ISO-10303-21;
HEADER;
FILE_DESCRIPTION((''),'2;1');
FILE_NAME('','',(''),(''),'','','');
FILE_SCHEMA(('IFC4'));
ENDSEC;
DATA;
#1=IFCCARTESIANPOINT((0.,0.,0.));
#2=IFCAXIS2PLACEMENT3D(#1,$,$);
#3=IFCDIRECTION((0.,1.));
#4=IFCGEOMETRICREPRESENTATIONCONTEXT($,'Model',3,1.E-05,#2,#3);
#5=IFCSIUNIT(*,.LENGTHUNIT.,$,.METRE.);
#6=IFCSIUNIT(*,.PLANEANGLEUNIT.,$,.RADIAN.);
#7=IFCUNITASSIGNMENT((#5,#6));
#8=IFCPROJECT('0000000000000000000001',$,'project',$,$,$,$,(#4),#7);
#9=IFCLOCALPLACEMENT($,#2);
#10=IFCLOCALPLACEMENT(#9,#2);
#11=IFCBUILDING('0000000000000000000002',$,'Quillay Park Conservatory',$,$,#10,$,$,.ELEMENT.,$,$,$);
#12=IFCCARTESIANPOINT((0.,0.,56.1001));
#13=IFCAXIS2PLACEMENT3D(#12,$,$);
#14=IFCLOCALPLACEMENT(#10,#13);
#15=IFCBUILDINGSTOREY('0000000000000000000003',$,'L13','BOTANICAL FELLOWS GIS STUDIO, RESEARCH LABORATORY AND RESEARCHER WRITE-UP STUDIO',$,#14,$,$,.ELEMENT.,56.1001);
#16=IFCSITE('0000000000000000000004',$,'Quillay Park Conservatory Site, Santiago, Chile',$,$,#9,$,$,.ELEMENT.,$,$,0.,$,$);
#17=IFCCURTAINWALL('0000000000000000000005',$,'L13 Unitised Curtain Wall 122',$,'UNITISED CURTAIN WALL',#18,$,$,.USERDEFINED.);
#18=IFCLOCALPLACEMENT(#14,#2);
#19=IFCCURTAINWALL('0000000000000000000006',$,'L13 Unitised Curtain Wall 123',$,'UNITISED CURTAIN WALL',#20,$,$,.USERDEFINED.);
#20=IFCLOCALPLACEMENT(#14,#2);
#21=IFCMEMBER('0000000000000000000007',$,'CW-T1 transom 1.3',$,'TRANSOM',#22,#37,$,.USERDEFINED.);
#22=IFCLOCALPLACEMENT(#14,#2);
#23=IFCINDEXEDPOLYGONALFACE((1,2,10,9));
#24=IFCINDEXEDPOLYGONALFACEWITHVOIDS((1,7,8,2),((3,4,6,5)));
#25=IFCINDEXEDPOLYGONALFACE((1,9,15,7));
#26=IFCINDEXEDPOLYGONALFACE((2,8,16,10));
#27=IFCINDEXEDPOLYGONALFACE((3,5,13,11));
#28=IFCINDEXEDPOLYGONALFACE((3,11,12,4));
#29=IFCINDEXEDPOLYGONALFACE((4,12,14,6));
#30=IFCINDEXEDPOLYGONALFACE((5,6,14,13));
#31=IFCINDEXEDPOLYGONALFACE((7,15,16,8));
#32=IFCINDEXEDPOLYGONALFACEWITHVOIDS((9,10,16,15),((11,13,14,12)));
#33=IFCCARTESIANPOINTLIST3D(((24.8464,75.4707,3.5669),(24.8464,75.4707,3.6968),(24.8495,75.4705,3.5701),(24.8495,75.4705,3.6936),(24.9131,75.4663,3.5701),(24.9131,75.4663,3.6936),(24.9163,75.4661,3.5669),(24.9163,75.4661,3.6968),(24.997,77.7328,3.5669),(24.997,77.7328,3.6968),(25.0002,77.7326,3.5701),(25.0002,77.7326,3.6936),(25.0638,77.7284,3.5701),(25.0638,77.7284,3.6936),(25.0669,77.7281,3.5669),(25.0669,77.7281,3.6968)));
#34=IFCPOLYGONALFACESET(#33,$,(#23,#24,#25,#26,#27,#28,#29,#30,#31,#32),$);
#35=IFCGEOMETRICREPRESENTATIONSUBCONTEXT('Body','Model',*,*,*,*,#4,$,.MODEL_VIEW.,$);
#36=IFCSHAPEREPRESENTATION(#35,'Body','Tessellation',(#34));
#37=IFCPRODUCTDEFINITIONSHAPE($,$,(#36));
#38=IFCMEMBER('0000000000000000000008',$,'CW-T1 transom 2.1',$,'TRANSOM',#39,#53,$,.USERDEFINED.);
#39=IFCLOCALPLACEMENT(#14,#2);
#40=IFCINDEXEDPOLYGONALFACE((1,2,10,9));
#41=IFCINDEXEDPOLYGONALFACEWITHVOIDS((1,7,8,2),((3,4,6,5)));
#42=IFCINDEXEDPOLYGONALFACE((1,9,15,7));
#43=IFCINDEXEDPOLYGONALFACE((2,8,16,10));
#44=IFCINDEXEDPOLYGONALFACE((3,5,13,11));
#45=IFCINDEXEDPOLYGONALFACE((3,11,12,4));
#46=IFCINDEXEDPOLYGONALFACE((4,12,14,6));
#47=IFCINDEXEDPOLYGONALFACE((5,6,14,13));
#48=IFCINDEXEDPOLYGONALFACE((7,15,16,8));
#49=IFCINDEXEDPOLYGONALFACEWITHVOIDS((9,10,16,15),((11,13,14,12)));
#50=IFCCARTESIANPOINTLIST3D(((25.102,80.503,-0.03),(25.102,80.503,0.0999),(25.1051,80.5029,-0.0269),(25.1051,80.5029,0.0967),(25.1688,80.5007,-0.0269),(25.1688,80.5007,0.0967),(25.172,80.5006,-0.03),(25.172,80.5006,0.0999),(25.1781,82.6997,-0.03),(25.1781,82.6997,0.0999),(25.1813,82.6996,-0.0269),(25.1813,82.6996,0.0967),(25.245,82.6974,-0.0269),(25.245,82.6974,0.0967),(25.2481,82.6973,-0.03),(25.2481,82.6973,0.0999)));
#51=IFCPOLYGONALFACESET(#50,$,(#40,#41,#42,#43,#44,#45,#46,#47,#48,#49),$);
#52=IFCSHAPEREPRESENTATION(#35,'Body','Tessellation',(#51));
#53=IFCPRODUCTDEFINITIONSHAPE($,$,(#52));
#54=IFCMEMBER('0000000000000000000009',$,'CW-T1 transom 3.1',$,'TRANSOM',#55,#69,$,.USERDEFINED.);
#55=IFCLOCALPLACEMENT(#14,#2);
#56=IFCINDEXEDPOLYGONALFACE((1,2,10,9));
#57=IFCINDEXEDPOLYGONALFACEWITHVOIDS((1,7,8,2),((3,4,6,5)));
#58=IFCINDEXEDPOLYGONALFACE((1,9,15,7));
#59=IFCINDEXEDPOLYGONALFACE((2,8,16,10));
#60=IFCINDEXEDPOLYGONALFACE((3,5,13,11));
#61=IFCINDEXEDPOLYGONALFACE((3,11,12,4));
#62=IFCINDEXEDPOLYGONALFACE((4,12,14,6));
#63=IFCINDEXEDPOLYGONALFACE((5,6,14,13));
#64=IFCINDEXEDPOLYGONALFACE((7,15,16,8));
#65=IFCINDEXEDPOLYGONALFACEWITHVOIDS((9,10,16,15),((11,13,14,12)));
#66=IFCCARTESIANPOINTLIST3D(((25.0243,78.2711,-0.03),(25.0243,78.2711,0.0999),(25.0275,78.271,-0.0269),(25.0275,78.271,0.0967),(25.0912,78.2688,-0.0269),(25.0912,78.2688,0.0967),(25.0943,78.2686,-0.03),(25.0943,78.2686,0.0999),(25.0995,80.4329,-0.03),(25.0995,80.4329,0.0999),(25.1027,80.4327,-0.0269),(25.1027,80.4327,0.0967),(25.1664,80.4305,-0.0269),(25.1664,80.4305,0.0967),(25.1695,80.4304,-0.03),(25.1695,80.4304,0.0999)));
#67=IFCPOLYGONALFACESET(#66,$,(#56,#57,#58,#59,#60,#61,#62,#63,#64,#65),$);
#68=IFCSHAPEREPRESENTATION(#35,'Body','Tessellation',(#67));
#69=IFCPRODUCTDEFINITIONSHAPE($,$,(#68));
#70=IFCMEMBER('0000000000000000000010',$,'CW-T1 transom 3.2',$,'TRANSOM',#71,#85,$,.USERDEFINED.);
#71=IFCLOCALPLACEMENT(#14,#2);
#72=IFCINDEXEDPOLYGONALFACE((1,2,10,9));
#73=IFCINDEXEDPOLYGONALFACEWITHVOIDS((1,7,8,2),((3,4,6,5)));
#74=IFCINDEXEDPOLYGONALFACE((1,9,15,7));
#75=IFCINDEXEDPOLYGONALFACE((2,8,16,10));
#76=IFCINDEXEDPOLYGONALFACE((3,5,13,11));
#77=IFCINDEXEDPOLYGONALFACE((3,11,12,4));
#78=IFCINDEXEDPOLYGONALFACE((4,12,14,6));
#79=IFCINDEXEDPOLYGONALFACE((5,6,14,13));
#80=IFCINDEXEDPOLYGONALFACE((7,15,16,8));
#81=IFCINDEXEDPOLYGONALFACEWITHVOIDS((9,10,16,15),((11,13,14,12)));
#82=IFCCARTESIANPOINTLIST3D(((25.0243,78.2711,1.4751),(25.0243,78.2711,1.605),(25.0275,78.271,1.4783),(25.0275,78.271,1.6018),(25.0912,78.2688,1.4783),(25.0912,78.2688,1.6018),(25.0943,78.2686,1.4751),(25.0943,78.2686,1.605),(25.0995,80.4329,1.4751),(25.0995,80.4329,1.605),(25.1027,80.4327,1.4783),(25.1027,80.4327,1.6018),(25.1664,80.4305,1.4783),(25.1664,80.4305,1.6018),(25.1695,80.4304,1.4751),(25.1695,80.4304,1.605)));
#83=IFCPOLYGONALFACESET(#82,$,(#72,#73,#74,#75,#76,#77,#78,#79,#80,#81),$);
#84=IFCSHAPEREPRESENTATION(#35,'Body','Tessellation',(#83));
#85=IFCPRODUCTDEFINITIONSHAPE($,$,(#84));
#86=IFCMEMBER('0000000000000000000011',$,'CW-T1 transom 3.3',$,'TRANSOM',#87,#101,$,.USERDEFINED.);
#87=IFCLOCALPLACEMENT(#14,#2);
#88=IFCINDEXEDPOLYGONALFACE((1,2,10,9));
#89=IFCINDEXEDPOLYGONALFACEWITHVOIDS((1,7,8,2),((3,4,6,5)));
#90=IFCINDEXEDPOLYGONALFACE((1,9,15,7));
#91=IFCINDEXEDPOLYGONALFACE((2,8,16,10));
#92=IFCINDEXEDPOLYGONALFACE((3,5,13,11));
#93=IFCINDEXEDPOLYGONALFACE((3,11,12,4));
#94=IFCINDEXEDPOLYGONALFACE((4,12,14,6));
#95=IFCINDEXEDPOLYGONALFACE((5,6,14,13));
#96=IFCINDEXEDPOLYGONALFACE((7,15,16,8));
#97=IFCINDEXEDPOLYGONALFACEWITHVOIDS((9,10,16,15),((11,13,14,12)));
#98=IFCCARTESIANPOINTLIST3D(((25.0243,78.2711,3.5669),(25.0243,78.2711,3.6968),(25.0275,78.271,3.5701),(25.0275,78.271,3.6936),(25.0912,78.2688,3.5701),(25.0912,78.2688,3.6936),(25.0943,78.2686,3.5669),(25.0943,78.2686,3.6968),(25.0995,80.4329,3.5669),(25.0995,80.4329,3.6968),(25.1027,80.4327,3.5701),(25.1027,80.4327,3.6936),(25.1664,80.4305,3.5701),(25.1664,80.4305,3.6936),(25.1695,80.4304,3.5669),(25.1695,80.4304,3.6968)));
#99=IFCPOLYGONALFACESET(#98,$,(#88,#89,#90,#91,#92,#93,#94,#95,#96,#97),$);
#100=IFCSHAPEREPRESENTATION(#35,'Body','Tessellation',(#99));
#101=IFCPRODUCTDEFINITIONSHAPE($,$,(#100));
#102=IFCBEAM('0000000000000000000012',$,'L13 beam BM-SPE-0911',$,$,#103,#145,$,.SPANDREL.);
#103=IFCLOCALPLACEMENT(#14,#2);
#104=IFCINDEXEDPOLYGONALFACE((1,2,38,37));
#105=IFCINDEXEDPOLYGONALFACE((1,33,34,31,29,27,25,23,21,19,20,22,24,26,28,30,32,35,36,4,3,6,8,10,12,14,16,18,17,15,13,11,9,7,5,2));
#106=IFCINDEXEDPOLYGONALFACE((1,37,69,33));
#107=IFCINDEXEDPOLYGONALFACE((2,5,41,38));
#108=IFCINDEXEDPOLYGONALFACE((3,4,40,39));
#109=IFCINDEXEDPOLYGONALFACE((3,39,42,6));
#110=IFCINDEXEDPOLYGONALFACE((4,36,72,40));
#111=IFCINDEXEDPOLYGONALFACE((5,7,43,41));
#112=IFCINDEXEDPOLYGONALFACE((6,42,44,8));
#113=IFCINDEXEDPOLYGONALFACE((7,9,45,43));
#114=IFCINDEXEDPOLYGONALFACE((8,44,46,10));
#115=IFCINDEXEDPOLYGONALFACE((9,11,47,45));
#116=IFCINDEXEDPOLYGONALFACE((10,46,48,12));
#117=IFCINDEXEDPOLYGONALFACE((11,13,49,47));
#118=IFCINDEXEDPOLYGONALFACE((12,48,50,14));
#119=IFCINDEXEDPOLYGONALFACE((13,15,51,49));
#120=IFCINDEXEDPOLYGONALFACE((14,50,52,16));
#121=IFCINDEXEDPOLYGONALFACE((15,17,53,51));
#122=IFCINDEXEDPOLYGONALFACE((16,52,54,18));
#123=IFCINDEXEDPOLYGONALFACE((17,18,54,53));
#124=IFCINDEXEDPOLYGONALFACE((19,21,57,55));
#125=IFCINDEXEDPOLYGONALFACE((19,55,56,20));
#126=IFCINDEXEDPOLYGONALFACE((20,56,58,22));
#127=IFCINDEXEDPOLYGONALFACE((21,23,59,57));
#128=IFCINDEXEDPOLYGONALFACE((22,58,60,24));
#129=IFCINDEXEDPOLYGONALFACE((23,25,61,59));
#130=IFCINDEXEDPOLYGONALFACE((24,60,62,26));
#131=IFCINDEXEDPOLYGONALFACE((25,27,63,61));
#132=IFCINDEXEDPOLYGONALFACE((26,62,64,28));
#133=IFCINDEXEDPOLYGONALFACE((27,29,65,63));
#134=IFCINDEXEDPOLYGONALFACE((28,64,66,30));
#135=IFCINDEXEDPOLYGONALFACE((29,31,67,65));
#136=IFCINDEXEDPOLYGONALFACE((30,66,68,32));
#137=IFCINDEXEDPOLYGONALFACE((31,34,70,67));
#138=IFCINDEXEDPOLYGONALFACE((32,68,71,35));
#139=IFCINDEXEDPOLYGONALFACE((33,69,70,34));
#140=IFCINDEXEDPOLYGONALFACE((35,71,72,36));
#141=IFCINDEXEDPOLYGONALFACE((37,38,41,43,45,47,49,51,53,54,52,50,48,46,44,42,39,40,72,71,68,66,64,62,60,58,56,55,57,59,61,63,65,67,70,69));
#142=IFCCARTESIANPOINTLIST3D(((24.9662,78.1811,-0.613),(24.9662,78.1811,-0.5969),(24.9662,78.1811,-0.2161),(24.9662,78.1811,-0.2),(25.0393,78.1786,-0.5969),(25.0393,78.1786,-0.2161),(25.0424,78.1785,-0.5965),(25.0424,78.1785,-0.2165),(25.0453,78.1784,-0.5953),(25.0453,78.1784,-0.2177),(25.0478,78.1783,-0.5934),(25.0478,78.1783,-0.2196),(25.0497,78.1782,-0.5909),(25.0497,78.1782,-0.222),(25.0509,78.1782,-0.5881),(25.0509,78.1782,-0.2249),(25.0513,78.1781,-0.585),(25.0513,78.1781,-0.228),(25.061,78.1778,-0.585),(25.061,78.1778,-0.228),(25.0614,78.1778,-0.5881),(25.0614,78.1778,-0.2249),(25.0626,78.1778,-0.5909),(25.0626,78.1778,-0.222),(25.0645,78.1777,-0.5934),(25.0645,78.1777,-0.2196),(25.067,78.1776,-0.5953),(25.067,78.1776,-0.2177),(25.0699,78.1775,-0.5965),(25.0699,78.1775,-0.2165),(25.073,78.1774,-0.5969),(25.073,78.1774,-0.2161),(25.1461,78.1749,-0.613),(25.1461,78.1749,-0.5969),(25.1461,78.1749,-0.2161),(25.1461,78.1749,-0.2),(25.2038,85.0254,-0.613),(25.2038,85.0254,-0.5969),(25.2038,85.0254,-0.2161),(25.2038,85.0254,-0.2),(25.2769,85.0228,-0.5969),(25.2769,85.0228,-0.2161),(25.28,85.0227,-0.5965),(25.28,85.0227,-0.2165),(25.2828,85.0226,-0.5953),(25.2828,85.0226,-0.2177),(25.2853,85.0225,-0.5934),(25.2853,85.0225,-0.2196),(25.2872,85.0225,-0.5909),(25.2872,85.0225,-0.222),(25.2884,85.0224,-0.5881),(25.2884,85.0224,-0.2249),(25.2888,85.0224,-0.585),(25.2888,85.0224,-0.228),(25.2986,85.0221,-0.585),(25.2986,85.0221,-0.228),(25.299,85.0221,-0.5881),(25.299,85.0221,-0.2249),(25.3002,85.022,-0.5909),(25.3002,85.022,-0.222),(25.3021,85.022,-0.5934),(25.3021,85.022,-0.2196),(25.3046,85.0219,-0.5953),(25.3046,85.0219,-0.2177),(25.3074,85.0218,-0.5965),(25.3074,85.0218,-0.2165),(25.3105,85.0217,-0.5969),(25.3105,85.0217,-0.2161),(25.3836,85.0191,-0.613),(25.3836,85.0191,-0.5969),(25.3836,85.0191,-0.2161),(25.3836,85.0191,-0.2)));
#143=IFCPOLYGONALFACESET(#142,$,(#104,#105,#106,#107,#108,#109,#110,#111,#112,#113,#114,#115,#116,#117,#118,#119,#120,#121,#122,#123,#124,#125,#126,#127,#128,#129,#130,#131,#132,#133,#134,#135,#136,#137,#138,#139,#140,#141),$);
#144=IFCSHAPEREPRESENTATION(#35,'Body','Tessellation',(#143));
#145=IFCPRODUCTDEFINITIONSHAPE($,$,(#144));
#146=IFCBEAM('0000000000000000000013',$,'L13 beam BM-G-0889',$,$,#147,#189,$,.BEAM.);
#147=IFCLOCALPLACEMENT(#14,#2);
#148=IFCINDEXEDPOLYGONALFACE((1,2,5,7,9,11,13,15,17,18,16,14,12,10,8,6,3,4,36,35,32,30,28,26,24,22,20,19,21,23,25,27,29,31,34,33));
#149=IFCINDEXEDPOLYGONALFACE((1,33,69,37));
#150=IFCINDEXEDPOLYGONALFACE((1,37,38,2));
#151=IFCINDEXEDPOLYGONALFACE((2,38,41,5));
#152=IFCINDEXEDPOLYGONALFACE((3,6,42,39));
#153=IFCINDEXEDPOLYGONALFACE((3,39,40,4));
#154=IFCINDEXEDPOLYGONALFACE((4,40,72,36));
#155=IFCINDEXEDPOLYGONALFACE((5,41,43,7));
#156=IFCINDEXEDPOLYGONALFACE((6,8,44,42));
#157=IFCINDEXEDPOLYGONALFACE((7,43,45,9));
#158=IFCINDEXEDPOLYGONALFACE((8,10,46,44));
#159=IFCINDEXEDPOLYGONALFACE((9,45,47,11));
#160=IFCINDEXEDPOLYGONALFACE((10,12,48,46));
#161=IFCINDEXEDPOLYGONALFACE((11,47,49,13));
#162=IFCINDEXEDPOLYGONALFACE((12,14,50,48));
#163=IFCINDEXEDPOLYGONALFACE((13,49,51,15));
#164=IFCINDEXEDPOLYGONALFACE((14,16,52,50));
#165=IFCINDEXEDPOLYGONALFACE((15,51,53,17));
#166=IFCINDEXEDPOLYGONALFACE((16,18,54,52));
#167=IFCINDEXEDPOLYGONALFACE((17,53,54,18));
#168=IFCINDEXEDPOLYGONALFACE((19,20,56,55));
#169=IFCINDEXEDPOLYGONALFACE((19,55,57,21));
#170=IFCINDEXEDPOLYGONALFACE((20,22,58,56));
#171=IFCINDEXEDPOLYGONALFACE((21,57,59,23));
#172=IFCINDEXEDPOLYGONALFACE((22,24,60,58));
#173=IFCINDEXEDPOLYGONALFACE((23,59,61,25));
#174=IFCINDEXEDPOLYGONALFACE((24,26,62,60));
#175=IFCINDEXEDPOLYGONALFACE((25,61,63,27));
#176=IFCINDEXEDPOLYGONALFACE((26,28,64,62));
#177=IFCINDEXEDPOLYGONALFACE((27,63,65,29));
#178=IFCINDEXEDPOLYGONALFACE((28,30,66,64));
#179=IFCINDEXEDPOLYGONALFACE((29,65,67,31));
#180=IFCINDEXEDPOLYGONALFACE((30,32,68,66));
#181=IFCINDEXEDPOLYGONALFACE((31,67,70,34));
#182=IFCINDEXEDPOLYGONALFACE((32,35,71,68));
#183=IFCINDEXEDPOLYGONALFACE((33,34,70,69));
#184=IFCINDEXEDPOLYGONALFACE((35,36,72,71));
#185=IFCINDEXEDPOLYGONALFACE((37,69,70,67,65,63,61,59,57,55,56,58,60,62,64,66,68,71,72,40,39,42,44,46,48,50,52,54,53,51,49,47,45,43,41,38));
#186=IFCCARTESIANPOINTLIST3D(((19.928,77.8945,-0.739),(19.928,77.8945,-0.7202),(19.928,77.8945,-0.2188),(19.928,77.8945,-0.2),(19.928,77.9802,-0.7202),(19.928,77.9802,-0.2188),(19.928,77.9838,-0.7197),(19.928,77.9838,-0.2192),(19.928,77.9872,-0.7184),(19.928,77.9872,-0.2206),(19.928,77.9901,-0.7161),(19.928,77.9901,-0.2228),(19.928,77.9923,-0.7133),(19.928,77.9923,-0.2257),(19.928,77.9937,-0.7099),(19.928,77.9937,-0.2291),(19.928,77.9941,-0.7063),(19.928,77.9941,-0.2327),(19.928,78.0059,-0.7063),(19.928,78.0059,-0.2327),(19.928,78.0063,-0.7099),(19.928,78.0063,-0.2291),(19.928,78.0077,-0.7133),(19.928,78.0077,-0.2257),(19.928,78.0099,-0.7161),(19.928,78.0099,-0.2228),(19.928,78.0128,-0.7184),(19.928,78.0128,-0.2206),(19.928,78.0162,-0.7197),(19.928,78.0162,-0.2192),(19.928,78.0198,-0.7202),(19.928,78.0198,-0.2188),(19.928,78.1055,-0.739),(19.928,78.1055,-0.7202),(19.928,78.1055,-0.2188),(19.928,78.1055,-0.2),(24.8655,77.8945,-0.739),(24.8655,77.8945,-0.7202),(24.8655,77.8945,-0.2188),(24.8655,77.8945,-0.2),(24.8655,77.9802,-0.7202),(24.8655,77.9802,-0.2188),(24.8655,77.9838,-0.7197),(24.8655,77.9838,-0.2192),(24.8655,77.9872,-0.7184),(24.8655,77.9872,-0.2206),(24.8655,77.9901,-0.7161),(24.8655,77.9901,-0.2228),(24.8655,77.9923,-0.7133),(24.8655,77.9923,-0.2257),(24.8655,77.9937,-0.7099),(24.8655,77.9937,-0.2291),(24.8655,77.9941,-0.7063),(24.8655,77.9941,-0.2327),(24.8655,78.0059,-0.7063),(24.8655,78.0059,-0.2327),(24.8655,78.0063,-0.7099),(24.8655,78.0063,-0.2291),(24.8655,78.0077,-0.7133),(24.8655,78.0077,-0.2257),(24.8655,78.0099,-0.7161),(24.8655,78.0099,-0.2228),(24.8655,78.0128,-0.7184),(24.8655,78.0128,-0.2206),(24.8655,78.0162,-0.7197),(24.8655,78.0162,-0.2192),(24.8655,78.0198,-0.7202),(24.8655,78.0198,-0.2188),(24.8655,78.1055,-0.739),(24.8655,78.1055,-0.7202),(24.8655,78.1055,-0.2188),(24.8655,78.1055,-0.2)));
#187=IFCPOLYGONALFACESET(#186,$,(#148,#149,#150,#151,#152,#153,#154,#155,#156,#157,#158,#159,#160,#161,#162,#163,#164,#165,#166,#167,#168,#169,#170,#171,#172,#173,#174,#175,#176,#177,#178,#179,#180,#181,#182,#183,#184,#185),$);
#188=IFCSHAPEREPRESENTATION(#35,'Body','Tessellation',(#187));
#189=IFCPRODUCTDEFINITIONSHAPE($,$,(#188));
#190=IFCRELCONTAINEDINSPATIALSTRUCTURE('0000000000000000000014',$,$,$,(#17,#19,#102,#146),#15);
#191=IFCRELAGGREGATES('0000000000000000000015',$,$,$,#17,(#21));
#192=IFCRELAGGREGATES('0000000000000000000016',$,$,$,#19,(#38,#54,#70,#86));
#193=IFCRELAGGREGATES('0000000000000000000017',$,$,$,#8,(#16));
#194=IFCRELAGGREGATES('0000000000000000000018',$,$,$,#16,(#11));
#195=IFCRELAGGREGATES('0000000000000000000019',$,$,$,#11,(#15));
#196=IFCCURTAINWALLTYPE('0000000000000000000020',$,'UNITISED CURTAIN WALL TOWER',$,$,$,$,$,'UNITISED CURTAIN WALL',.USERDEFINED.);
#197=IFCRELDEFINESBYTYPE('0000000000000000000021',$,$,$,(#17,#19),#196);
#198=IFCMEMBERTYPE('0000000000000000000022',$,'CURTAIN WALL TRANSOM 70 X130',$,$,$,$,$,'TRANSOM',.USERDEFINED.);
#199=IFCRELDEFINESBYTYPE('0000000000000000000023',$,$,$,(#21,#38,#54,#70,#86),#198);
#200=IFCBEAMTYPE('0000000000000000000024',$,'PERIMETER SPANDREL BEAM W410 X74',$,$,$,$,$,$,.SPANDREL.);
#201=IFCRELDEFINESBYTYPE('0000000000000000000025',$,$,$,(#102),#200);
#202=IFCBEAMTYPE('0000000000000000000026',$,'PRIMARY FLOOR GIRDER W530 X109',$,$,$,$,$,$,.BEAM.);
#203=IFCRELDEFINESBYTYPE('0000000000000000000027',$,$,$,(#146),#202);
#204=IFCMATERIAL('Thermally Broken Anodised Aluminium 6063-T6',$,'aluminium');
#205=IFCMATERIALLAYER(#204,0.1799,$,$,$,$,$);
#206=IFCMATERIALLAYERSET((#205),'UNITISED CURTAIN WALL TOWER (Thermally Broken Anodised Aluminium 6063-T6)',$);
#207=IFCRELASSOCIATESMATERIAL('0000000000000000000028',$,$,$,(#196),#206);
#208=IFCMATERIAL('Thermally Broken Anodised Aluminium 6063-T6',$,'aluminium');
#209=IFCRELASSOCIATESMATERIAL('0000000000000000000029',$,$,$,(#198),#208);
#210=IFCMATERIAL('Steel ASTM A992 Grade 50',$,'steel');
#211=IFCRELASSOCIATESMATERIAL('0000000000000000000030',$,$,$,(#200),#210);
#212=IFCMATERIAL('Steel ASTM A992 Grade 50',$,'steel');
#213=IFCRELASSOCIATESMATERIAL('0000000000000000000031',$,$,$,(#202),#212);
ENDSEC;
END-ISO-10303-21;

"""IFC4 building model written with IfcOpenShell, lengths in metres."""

from ifc_helpers import new_model, si_unit, direction, frame, origin, origin_2d, place, context, subcontext, project, spatial, hollow_rectangle, i_section, extrude, material, layer, layer_set, material_profile, profile_set, type_object, element, aggregate, save


model = new_model("IFC4")

# Units and contexts
model_context = context("Model", 3, precision=1e-05, world=origin(), true_north=direction((0.0, 1.0)))
body_context = subcontext(model_context, "Body", "Model", "MODEL_VIEW")
ifc_project = project(units=[si_unit("LENGTHUNIT", "METRE"), si_unit("PLANEANGLEUNIT", "RADIAN")], contexts=[model_context])

# Site, building, storey
site_placement = place(None, origin())
site = spatial("IfcSite", under=ifc_project, at=site_placement, Name="Quillay Park Conservatory Site, Santiago, Chile", CompositionType="ELEMENT", RefElevation=0.0)
building_placement = place(site_placement, origin())
building = spatial("IfcBuilding", under=site, at=building_placement, Name="Quillay Park Conservatory", CompositionType="ELEMENT")
storey_placement = place(building_placement, frame((0.0, 0.0, 56.1001)))
storey = spatial("IfcBuildingStorey", under=building, at=storey_placement, Name="L13", Description="BOTANICAL FELLOWS GIS STUDIO, RESEARCH LABORATORY AND RESEARCHER WRITE-UP STUDIO", CompositionType="ELEMENT", Elevation=56.1001)

# Curtain wall
ifc_material_1 = material(Name="Thermally Broken Anodised Aluminium 6063-T6", Category="aluminium")
ifc_layer_1 = layer(ifc_material_1, 0.1799)
ifc_layer_set_1 = layer_set([ifc_layer_1], Name="UNITISED CURTAIN WALL TOWER (Thermally Broken Anodised Aluminium 6063-T6)")
curtain_wall_type = type_object("IfcCurtainWallType", Name="UNITISED CURTAIN WALL TOWER", ElementType="UNITISED CURTAIN WALL", PredefinedType="USERDEFINED", material=ifc_layer_set_1)
curtain_wall_1_placement = place(storey_placement, origin())
curtain_wall_1 = element("IfcCurtainWall", 1, at=curtain_wall_1_placement, inside=storey, type_object=curtain_wall_type, Name="L13 Unitised Curtain Wall 122", ObjectType="UNITISED CURTAIN WALL", PredefinedType="USERDEFINED")

# Curtain wall
curtain_wall_2_placement = place(storey_placement, origin())
curtain_wall_2 = element("IfcCurtainWall", 2, at=curtain_wall_2_placement, inside=storey, type_object=curtain_wall_type, Name="L13 Unitised Curtain Wall 123", ObjectType="UNITISED CURTAIN WALL", PredefinedType="USERDEFINED")

# Members
ifc_material_2 = material(Name="Thermally Broken Anodised Aluminium 6063-T6", Category="aluminium")
ifc_material_profile_1 = material_profile(ifc_material_2, hollow_rectangle(XDim=0.0701, YDim=0.1299, WallThickness=0.0032, at=origin_2d()), Name="AL70x130x3.2")
ifc_profile_set_1 = profile_set([ifc_material_profile_1], Name="Thermally Broken Anodised Aluminium 6063-T6")
member_type_1 = type_object("IfcMemberType", Name="CURTAIN WALL TRANSOM 70 X130", ElementType="TRANSOM", PredefinedType="USERDEFINED", material=ifc_profile_set_1)
member_1_placement = place(storey_placement, frame((25.032, 77.7305, 3.6318), z_axis=(-0.066448, -0.99779, 0.0), x_axis=(0.99779, -0.066448, 0.0)))
member_1 = element("IfcMember", 3, at=member_1_placement, type_object=member_type_1, Name="CW-T1 transom 1.3", ObjectType="TRANSOM", PredefinedType="USERDEFINED", context=body_context, shape_type="SweptSolid", body=[
    extrude(hollow_rectangle(XDim=0.0701, YDim=0.1299, WallThickness=0.0032, at=origin_2d()), origin(), (0.0, 0.0, 1.0), 2.2671),
])
member_2_placement = place(storey_placement, frame((25.2131, 82.6985, 0.0349), z_axis=(-0.034654, -0.999399, 0.0), x_axis=(0.999399, -0.034654, 0.0)))
member_2 = element("IfcMember", 4, at=member_2_placement, type_object=member_type_1, Name="CW-T1 transom 2.1", ObjectType="TRANSOM", PredefinedType="USERDEFINED", context=body_context, shape_type="SweptSolid", body=[
    extrude(hollow_rectangle(XDim=0.0701, YDim=0.1299, WallThickness=0.0032, at=origin_2d()), origin(), (0.0, 0.0, 1.0), 2.198),
])
member_3_placement = place(storey_placement, frame((25.1345, 80.4316, 0.0349), z_axis=(-0.034762, -0.999396, 0.0), x_axis=(0.999396, -0.034762, 0.0)))
member_3 = element("IfcMember", 5, at=member_3_placement, type_object=member_type_1, Name="CW-T1 transom 3.1", ObjectType="TRANSOM", PredefinedType="USERDEFINED", context=body_context, shape_type="SweptSolid", body=[
    extrude(hollow_rectangle(XDim=0.0701, YDim=0.1299, WallThickness=0.0032, at=origin_2d()), origin(), (0.0, 0.0, 1.0), 2.1631),
])
member_4_placement = place(storey_placement, frame((25.1345, 80.4316, 1.54), z_axis=(-0.034762, -0.999396, 0.0), x_axis=(0.999396, -0.034762, 0.0)))
member_4 = element("IfcMember", 6, at=member_4_placement, type_object=member_type_1, Name="CW-T1 transom 3.2", ObjectType="TRANSOM", PredefinedType="USERDEFINED", context=body_context, shape_type="SweptSolid", body=[
    extrude(hollow_rectangle(XDim=0.0701, YDim=0.1299, WallThickness=0.0032, at=origin_2d()), origin(), (0.0, 0.0, 1.0), 2.1631),
])
member_5_placement = place(storey_placement, frame((25.1345, 80.4316, 3.6318), z_axis=(-0.034762, -0.999396, 0.0), x_axis=(0.999396, -0.034762, 0.0)))
member_5 = element("IfcMember", 7, at=member_5_placement, type_object=member_type_1, Name="CW-T1 transom 3.3", ObjectType="TRANSOM", PredefinedType="USERDEFINED", context=body_context, shape_type="SweptSolid", body=[
    extrude(hollow_rectangle(XDim=0.0701, YDim=0.1299, WallThickness=0.0032, at=origin_2d()), origin(), (0.0, 0.0, 1.0), 2.1631),
])

# Beams
ifc_material_3 = material(Name="Steel ASTM A992 Grade 50", Category="steel")
ifc_material_profile_2 = material_profile(ifc_material_3, i_section(OverallWidth=0.1799, OverallDepth=0.4131, WebThickness=0.0098, FlangeThickness=0.0161, FilletRadius=0.012, at=origin_2d()), Name="W410x74")
ifc_profile_set_2 = profile_set([ifc_material_profile_2], Name="Steel ASTM A992 Grade 50")
beam_type_1 = type_object("IfcBeamType", Name="PERIMETER SPANDREL BEAM W410 X74", PredefinedType="SPANDREL", material=ifc_profile_set_2)
beam_1_placement = place(storey_placement, frame((25.0562, 78.178, -0.4065), z_axis=(0.034687, 0.999398, 0.0), x_axis=(-0.999398, 0.034687, 0.0)))
element("IfcBeam", 8, at=beam_1_placement, inside=storey, type_object=beam_type_1, Name="L13 beam BM-SPE-0911", PredefinedType="SPANDREL", context=body_context, shape_type="SweptSolid", body=[
    extrude(i_section(OverallWidth=0.1799, OverallDepth=0.4131, WebThickness=0.0098, FlangeThickness=0.0161, FilletRadius=0.012, at=origin_2d()), origin(), (0.0, 0.0, 1.0), 6.8484),
])
ifc_material_4 = material(Name="Steel ASTM A992 Grade 50", Category="steel")
ifc_material_profile_3 = material_profile(ifc_material_4, i_section(OverallWidth=0.2109, OverallDepth=0.5391, WebThickness=0.0117, FlangeThickness=0.0188, FilletRadius=0.0139, at=origin_2d()), Name="W530x109")
ifc_profile_set_3 = profile_set([ifc_material_profile_3], Name="Steel ASTM A992 Grade 50")
beam_type_2 = type_object("IfcBeamType", Name="PRIMARY FLOOR GIRDER W530 X109", PredefinedType="BEAM", material=ifc_profile_set_3)
beam_2_placement = place(storey_placement, frame((19.928, 78.0, -0.4695), z_axis=(1.0, 0.0, 0.0), x_axis=(0.0, 1.0, 0.0)))
element("IfcBeam", 9, at=beam_2_placement, inside=storey, type_object=beam_type_2, Name="L13 beam BM-G-0889", PredefinedType="BEAM", context=body_context, shape_type="SweptSolid", body=[
    extrude(i_section(OverallWidth=0.2109, OverallDepth=0.5391, WebThickness=0.0117, FlangeThickness=0.0188, FilletRadius=0.0139, at=origin_2d()), origin(), (0.0, 0.0, 1.0), 4.9375),
])

aggregate(curtain_wall_1, [member_1])
aggregate(curtain_wall_2, [member_2, member_3, member_4, member_5])

save(model, "model.ifc")
